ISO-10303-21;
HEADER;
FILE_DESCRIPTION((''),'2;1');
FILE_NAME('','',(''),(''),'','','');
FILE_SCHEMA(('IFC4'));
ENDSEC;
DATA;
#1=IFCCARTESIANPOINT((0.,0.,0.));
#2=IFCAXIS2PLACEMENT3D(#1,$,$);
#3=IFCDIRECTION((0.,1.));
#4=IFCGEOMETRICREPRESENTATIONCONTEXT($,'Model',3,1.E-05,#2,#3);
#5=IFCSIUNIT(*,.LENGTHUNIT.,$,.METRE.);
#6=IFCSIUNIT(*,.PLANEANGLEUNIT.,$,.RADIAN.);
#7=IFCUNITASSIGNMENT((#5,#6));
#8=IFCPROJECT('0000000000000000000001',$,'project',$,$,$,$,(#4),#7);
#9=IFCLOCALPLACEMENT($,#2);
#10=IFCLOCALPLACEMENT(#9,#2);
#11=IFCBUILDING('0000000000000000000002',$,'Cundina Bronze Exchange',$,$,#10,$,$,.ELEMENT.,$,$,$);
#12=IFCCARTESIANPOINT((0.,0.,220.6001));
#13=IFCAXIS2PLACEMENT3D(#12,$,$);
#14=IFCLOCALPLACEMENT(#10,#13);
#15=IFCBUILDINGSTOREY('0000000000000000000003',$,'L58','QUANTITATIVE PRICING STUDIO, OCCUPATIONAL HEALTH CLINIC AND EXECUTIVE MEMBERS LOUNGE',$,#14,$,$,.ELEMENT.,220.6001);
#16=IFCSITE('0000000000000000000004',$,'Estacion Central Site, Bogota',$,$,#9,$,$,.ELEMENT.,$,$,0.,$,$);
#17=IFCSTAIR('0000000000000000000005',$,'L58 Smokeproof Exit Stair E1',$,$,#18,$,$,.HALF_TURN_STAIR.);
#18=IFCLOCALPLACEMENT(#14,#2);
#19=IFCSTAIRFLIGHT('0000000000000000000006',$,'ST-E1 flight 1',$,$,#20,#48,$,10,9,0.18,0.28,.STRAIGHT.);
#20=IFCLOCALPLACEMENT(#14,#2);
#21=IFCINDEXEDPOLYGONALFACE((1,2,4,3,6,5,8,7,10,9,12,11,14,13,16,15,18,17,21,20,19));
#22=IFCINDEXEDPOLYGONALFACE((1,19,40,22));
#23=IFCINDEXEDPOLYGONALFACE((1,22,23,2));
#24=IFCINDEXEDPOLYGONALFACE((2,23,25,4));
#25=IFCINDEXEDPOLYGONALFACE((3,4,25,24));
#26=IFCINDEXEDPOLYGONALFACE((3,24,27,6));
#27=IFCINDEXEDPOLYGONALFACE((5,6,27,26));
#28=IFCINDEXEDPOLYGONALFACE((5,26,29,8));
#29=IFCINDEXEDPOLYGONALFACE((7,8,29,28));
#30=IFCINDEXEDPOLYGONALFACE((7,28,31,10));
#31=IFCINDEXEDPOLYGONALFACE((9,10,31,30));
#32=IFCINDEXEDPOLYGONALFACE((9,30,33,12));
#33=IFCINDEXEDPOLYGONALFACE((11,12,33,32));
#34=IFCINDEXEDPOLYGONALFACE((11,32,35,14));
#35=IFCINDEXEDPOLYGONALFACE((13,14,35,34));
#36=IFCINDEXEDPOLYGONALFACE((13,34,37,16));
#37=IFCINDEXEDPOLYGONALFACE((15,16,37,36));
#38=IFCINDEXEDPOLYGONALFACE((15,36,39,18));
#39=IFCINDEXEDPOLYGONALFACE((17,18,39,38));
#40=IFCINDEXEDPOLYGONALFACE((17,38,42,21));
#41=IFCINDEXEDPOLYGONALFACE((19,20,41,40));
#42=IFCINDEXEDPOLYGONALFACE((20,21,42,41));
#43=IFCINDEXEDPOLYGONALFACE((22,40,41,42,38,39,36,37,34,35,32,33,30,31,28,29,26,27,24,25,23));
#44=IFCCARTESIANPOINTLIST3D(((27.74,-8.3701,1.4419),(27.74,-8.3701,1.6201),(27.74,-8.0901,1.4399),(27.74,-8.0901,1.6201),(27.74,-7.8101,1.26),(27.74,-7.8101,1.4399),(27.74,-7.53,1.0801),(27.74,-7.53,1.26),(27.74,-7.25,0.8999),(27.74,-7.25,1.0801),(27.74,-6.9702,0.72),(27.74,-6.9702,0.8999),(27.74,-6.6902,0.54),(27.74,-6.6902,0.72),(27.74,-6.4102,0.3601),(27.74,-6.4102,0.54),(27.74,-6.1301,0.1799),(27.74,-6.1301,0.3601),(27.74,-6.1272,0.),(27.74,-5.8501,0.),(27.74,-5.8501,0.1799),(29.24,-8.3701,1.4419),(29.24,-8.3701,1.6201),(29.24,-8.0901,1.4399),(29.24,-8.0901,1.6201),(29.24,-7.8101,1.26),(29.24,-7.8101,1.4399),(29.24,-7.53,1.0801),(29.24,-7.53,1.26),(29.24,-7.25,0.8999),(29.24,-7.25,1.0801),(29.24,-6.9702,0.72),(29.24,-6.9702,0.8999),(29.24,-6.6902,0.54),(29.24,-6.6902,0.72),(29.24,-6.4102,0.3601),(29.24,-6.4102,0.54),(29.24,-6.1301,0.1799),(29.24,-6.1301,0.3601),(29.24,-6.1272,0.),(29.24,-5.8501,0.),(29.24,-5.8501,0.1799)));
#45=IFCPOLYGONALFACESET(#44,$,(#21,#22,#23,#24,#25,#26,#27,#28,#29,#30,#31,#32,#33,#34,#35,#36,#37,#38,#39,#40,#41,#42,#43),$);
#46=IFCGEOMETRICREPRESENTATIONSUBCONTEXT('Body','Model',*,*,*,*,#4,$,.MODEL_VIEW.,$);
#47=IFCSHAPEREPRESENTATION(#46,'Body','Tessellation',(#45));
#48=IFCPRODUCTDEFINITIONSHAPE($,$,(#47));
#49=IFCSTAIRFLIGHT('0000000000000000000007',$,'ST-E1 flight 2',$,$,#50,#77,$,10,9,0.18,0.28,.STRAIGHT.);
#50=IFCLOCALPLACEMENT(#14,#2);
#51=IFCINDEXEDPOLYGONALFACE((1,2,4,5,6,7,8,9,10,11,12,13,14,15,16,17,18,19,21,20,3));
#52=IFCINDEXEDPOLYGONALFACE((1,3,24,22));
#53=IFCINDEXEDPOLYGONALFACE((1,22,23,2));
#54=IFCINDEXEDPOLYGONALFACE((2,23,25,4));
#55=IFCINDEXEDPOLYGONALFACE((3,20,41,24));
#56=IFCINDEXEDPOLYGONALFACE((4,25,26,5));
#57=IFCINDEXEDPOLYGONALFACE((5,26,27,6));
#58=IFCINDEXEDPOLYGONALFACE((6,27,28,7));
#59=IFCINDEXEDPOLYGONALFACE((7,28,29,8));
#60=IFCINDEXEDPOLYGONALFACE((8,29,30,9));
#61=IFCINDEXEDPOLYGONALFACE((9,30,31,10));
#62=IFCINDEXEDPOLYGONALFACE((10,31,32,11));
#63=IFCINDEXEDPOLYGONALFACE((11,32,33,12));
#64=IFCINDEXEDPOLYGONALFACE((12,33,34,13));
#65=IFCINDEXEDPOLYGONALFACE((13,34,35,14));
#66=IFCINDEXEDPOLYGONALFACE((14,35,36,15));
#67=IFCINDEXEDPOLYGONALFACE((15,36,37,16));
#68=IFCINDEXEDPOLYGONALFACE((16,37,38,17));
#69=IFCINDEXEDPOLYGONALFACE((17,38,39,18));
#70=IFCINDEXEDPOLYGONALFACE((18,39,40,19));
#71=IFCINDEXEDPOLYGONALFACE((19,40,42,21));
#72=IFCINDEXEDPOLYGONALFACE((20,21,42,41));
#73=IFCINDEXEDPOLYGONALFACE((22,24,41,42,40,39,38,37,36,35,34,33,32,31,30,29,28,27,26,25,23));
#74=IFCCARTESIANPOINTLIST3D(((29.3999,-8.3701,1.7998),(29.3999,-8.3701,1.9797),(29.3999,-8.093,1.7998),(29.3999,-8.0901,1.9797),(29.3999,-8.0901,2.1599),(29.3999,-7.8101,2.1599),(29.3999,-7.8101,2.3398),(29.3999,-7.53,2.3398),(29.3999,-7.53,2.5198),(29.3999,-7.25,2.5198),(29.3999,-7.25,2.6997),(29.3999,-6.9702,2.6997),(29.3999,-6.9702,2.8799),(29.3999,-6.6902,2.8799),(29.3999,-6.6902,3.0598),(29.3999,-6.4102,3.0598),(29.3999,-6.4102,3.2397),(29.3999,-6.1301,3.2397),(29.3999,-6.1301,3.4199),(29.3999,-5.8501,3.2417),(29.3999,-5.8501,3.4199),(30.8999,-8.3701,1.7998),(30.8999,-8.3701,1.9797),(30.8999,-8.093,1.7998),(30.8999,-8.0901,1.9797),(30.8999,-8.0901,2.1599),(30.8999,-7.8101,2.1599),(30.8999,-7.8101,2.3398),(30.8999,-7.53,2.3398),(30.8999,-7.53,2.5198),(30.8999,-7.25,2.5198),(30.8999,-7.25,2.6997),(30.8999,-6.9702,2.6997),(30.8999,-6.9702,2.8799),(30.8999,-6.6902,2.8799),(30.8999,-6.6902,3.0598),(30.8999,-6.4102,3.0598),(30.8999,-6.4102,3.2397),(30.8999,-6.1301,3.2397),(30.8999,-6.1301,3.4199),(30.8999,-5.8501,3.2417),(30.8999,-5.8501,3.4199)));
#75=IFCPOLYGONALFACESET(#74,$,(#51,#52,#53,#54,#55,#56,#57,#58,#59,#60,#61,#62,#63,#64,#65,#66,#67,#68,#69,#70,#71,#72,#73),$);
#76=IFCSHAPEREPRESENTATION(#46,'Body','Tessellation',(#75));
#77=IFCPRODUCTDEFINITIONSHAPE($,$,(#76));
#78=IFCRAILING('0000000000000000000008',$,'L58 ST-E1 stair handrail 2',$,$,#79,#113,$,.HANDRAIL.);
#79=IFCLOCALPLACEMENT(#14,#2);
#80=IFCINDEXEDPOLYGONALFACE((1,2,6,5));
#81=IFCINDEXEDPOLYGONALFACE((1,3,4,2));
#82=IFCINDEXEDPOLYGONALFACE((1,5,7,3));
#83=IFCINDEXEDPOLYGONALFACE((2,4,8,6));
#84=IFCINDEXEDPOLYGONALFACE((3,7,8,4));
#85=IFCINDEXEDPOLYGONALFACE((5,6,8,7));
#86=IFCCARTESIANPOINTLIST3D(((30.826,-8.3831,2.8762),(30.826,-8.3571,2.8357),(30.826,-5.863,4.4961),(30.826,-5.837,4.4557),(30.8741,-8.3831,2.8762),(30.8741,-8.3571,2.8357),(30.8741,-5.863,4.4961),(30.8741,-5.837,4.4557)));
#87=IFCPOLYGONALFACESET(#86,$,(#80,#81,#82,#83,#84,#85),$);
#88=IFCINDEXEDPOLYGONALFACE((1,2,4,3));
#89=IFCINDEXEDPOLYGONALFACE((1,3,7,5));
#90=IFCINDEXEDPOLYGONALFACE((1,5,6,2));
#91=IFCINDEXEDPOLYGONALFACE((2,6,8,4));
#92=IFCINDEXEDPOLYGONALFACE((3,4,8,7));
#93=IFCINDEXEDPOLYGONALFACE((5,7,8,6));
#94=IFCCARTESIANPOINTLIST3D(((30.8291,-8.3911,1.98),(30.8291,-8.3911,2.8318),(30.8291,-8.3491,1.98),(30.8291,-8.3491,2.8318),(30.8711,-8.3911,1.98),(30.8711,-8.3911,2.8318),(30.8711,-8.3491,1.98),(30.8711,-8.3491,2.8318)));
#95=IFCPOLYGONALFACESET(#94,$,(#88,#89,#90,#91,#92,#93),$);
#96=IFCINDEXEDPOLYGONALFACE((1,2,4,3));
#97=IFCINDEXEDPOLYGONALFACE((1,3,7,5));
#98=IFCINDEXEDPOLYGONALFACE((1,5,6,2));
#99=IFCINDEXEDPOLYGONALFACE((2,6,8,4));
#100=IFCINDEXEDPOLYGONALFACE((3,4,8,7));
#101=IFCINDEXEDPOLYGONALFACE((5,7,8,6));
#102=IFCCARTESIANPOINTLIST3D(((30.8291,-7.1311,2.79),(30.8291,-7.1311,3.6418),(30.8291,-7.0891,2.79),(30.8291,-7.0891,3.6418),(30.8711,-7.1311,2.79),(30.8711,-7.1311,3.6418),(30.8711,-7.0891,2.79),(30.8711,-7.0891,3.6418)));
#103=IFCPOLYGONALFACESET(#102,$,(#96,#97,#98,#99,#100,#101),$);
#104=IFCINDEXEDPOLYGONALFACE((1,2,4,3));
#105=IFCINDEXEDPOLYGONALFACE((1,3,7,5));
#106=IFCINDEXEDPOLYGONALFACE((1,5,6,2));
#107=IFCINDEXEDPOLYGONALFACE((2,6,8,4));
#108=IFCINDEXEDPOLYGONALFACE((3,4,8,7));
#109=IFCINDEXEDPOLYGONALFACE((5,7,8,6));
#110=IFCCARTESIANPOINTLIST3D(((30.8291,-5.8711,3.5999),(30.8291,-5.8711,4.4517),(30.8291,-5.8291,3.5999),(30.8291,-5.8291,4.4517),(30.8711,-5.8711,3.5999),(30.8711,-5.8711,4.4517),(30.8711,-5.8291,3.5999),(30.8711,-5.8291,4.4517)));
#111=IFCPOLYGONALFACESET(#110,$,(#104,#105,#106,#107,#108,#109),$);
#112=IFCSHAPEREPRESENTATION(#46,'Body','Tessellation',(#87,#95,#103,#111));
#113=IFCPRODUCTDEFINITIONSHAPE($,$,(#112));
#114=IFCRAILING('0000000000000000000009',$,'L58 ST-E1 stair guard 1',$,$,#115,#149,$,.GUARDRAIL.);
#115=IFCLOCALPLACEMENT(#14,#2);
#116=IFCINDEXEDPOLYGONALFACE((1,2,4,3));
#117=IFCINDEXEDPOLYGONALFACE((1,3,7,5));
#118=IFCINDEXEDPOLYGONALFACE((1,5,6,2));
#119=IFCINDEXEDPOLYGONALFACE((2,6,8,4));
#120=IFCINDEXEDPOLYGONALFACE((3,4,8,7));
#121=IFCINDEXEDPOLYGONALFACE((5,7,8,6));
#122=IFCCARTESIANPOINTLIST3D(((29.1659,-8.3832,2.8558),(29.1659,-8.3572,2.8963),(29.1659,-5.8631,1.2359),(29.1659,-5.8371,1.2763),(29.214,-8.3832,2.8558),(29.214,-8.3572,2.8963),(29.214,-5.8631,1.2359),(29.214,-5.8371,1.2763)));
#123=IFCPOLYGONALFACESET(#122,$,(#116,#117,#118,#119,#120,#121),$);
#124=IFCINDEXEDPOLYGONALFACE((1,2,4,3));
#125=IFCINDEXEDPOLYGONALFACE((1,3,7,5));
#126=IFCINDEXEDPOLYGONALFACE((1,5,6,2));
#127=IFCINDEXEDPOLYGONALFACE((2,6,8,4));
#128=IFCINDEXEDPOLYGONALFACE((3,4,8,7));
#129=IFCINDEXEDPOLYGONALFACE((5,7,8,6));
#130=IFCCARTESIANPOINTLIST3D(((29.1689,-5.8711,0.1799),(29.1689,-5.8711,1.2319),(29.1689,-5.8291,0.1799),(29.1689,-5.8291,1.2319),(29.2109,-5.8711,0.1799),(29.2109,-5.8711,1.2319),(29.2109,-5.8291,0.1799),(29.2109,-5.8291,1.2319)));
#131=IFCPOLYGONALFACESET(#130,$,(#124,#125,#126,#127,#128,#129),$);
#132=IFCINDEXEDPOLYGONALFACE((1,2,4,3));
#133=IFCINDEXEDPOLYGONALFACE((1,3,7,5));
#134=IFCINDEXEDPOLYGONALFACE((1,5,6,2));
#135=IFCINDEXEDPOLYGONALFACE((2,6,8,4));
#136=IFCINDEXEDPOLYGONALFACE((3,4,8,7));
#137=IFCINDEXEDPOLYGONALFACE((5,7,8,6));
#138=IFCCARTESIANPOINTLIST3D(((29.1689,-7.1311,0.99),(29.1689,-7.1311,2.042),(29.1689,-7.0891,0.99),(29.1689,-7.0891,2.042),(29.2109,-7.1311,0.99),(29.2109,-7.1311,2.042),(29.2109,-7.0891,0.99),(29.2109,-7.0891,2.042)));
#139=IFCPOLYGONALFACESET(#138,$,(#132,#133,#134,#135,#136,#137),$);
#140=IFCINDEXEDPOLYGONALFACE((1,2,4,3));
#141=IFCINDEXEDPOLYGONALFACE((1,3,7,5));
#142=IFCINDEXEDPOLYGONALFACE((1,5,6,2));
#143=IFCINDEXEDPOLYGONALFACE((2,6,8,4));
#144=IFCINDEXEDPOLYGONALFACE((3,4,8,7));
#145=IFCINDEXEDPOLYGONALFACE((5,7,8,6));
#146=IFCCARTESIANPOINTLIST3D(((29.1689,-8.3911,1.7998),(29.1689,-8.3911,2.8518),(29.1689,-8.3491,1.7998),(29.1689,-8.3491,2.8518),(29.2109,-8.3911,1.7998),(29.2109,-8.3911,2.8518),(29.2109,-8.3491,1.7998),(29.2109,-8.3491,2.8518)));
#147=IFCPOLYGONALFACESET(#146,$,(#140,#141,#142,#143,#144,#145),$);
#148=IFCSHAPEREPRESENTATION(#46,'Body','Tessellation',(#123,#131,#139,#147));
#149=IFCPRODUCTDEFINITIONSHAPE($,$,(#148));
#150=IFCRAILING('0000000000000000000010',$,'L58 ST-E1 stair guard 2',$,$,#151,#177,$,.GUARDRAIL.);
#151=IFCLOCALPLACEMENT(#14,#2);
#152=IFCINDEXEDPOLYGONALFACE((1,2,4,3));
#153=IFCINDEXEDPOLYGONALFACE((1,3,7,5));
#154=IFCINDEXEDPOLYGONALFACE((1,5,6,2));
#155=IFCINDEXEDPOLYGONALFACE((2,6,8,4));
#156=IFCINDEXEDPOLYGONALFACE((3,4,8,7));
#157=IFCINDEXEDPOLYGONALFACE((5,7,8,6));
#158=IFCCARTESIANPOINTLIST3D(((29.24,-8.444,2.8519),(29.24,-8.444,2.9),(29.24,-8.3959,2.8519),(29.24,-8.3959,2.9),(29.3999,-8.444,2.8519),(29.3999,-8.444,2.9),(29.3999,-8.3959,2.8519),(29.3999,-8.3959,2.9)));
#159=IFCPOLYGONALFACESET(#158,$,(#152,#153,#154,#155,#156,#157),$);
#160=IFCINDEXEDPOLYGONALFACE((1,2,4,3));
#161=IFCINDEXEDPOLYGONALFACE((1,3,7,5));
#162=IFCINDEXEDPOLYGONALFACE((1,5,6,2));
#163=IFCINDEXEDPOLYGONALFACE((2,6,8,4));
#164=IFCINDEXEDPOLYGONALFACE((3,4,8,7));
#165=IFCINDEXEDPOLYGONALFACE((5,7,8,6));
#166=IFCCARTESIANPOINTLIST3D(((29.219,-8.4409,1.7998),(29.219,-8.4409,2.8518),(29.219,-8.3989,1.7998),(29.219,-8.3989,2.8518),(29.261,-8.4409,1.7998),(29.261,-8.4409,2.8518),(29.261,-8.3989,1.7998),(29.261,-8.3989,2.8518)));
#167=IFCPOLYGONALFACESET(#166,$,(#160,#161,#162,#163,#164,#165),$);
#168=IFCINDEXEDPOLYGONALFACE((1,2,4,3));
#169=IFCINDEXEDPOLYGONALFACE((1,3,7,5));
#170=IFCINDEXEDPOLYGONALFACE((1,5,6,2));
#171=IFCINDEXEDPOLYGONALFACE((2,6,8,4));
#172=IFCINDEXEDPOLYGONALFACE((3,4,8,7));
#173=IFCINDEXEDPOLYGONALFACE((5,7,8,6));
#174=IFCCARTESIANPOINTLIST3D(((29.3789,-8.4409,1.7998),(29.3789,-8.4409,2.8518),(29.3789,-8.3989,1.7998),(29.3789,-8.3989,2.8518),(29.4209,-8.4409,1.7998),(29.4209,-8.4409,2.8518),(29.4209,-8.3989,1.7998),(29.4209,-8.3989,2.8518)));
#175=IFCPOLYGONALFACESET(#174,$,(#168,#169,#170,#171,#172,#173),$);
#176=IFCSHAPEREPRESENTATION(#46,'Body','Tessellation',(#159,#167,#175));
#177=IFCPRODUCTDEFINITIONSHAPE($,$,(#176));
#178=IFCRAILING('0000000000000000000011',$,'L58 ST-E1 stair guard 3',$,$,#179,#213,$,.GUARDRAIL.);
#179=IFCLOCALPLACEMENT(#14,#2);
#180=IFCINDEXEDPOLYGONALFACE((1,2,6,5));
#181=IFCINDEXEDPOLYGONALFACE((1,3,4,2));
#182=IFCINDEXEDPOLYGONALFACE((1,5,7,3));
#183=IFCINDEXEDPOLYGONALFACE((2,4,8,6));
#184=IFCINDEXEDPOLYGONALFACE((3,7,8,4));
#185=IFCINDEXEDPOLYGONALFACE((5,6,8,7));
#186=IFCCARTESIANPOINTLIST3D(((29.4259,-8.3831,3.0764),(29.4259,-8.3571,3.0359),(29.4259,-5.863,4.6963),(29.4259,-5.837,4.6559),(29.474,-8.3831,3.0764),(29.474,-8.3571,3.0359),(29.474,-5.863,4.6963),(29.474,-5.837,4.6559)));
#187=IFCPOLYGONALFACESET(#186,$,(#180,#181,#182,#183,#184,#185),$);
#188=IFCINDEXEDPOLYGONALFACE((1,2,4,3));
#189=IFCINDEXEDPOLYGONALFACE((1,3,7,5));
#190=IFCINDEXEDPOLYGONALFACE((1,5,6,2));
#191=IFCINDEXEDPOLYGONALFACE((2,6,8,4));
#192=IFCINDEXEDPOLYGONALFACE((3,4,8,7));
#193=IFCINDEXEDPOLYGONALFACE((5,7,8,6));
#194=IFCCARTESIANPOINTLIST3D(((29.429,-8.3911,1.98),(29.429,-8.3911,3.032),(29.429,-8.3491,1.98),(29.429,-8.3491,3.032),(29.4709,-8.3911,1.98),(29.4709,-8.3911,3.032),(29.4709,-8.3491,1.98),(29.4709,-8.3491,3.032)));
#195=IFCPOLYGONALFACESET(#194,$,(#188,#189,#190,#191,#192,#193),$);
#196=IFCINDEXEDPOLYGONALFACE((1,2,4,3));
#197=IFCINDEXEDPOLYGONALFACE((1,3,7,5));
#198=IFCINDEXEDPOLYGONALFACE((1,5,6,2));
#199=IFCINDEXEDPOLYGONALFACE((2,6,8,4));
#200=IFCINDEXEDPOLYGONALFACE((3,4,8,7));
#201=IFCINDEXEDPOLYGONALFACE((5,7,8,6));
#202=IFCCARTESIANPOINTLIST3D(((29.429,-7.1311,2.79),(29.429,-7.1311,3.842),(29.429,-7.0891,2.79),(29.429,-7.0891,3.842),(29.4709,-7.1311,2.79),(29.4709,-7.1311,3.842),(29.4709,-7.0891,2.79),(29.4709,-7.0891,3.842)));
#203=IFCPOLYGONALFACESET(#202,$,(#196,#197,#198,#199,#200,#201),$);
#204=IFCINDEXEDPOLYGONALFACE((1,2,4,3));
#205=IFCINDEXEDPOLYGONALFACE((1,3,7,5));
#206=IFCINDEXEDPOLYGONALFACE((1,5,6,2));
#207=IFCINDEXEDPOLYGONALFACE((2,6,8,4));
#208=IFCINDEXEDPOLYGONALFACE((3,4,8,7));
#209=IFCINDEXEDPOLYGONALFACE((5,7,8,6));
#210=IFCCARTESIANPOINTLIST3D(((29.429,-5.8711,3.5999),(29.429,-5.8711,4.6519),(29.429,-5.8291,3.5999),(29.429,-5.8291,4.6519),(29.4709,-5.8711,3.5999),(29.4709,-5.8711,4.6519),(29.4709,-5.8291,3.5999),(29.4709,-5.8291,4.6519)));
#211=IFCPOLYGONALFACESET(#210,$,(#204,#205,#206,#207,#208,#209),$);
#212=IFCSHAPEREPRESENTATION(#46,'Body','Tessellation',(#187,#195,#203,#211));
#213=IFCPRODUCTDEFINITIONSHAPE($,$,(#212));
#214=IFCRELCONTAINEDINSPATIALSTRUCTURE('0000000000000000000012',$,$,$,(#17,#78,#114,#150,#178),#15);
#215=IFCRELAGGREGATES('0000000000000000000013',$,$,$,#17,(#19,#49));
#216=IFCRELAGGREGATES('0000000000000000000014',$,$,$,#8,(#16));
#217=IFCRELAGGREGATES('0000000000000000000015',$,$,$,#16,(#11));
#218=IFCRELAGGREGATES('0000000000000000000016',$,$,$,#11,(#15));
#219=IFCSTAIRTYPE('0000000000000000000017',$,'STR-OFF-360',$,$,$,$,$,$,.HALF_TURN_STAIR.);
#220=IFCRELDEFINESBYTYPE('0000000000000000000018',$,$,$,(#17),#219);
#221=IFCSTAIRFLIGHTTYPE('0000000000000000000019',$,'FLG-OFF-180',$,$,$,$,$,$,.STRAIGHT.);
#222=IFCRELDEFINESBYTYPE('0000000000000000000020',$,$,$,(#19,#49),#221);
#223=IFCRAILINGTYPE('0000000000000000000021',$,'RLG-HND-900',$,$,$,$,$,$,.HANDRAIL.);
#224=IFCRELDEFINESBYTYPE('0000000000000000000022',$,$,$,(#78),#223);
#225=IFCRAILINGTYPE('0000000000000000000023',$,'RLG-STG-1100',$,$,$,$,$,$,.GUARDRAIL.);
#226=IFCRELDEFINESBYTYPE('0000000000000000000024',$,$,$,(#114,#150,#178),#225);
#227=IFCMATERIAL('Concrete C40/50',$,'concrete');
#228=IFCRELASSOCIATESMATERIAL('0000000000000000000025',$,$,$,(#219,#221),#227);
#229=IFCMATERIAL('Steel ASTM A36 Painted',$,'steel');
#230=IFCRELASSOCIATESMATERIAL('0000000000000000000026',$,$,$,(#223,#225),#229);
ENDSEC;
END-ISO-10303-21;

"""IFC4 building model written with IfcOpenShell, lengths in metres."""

from ifc_helpers import new_model, si_unit, direction, frame, origin, origin_2d, place, context, subcontext, project, spatial, polyline, rectangle, outline, extrude, material, type_object, element, aggregate, save


model = new_model("IFC4")

# Units and contexts
model_context = context("Model", 3, precision=1e-05, world=origin(), true_north=direction((0.0, 1.0)))
body_context = subcontext(model_context, "Body", "Model", "MODEL_VIEW")
ifc_project = project(units=[si_unit("LENGTHUNIT", "METRE"), si_unit("PLANEANGLEUNIT", "RADIAN")], contexts=[model_context])

# Site, building, storey
site_placement = place(None, origin())
site = spatial("IfcSite", under=ifc_project, at=site_placement, Name="Estacion Central Site, Bogota", CompositionType="ELEMENT", RefElevation=0.0)
building_placement = place(site_placement, origin())
building = spatial("IfcBuilding", under=site, at=building_placement, Name="Cundina Bronze Exchange", CompositionType="ELEMENT")
storey_placement = place(building_placement, frame((0.0, 0.0, 220.6001)))
storey = spatial("IfcBuildingStorey", under=building, at=storey_placement, Name="L58", Description="QUANTITATIVE PRICING STUDIO, OCCUPATIONAL HEALTH CLINIC AND EXECUTIVE MEMBERS LOUNGE", CompositionType="ELEMENT", Elevation=220.6001)

# Stair, stair flights
ifc_material_1 = material(Name="Concrete C40/50", Category="concrete")
stair_type = type_object("IfcStairType", Name="STR-OFF-360", PredefinedType="HALF_TURN_STAIR", material=ifc_material_1)
stair_placement = place(storey_placement, origin())
stair = element("IfcStair", 1, at=stair_placement, inside=storey, type_object=stair_type, Name="L58 Smokeproof Exit Stair E1", PredefinedType="HALF_TURN_STAIR")
stair_flight_type = type_object("IfcStairFlightType", Name="FLG-OFF-180", PredefinedType="STRAIGHT", material=ifc_material_1)
stair_flight_1_placement = place(storey_placement, frame((28.49, -5.8501, 0.0), z_axis=(0.0, 0.0, 1.0), x_axis=(0.0, -1.0, 0.0)))
stair_flight_1 = element("IfcStairFlight", 2, at=stair_flight_1_placement, type_object=stair_flight_type, Name="ST-E1 flight 1", NumberOfRisers=10, NumberOfTreads=9, PredefinedType="STRAIGHT", RiserHeight=0.18, TreadLength=0.28, context=body_context, shape_type="SweptSolid", body=[
    extrude(outline(polyline([(0.0, 0.0), (0.0, 0.1799), (0.28, 0.1799), (0.28, 0.3601), (0.5601, 0.3601), (0.5601, 0.54), (0.8401, 0.54), (0.8401, 0.72), (1.1201, 0.72), (1.1201, 0.8999), (1.3999, 0.8999), (1.3999, 1.0801), (1.6799, 1.0801), (1.6799, 1.26), (1.96, 1.26), (1.96, 1.4399), (2.24, 1.4399), (2.24, 1.6201), (2.52, 1.6201), (2.52, 1.8), (2.52, 1.4419), (0.2771, 0.0), (0.0, 0.0)])), frame((0.0, 0.75, 0.0), z_axis=(0.0, -1.0, 0.0), x_axis=(1.0, 0.0, 0.0)), (0.0, 0.0, 1.0), 1.5),
])
stair_flight_2_placement = place(storey_placement, frame((30.1499, -8.3701, 1.7998), z_axis=(0.0, 0.0, 1.0), x_axis=(0.0, 1.0, 0.0)))
stair_flight_2 = element("IfcStairFlight", 3, at=stair_flight_2_placement, type_object=stair_flight_type, Name="ST-E1 flight 2", NumberOfRisers=10, NumberOfTreads=9, PredefinedType="STRAIGHT", RiserHeight=0.18, TreadLength=0.28, context=body_context, shape_type="SweptSolid", body=[
    extrude(outline(polyline([(0.0, 0.0), (0.0, 0.1799), (0.28, 0.1799), (0.28, 0.3601), (0.5601, 0.3601), (0.5601, 0.54), (0.8401, 0.54), (0.8401, 0.72), (1.1201, 0.72), (1.1201, 0.8999), (1.3999, 0.8999), (1.3999, 1.0801), (1.6799, 1.0801), (1.6799, 1.26), (1.96, 1.26), (1.96, 1.4399), (2.24, 1.4399), (2.24, 1.6201), (2.52, 1.6201), (2.52, 1.8), (2.52, 1.4419), (0.2771, 0.0), (0.0, 0.0)])), frame((0.0, 0.75, 0.0), z_axis=(0.0, -1.0, 0.0), x_axis=(1.0, 0.0, 0.0)), (0.0, 0.0, 1.0), 1.5),
])
aggregate(stair, [stair_flight_1, stair_flight_2])

# Railings
ifc_material_2 = material(Name="Steel ASTM A36 Painted", Category="steel")
railing_type_1 = type_object("IfcRailingType", Name="RLG-HND-900", PredefinedType="HANDRAIL", material=ifc_material_2)
railing_1_placement = place(storey_placement, frame((30.8501, -8.3701, 1.98)))
element("IfcRailing", 4, at=railing_1_placement, inside=storey, type_object=railing_type_1, Name="L58 ST-E1 stair handrail 2", PredefinedType="HANDRAIL", context=body_context, shape_type="SweptSolid", body=[
    extrude(rectangle(XDim=0.0481, YDim=0.0481, at=origin_2d()), frame((0.0, 0.0, 0.876), z_axis=(0.0, 0.8412, 0.540725), x_axis=(-1.0, 0.0, 0.0)), (0.0, 0.0, 1.0), 2.9958),
    extrude(rectangle(XDim=0.042, YDim=0.042, at=origin_2d()), origin(), (0.0, 0.0, 1.0), 0.8518),
    extrude(rectangle(XDim=0.042, YDim=0.042, at=origin_2d()), frame((0.0, 1.26, 0.8101)), (0.0, 0.0, 1.0), 0.8518),
    extrude(rectangle(XDim=0.042, YDim=0.042, at=origin_2d()), frame((0.0, 2.52, 1.6199)), (0.0, 0.0, 1.0), 0.8518),
])
railing_type_2 = type_object("IfcRailingType", Name="RLG-STG-1100", PredefinedType="GUARDRAIL", material=ifc_material_2)
railing_2_placement = place(storey_placement, frame((29.1899, -5.8501, 0.1799)))
element("IfcRailing", 5, at=railing_2_placement, inside=storey, type_object=railing_type_2, Name="L58 ST-E1 stair guard 1", PredefinedType="GUARDRAIL", context=body_context, shape_type="SweptSolid", body=[
    extrude(rectangle(XDim=0.0481, YDim=0.0481, at=origin_2d()), frame((0.0, 0.0, 1.0762), z_axis=(0.0, -0.8412, 0.540725), x_axis=(1.0, 0.0, 0.0)), (0.0, 0.0, 1.0), 2.9958),
    extrude(rectangle(XDim=0.042, YDim=0.042, at=origin_2d()), origin(), (0.0, 0.0, 1.0), 1.052),
    extrude(rectangle(XDim=0.042, YDim=0.042, at=origin_2d()), frame((0.0, -1.26, 0.8101)), (0.0, 0.0, 1.0), 1.052),
    extrude(rectangle(XDim=0.042, YDim=0.042, at=origin_2d()), frame((0.0, -2.52, 1.6199)), (0.0, 0.0, 1.0), 1.052),
])
railing_3_placement = place(storey_placement, frame((29.24, -8.4199, 1.7998)))
element("IfcRailing", 6, at=railing_3_placement, inside=storey, type_object=railing_type_2, Name="L58 ST-E1 stair guard 2", PredefinedType="GUARDRAIL", context=body_context, shape_type="SweptSolid", body=[
    extrude(rectangle(XDim=0.0481, YDim=0.0481, at=origin_2d()), frame((0.0, 0.0, 1.0762), z_axis=(1.0, 0.0, 0.0), x_axis=(0.0, 1.0, 0.0)), (0.0, 0.0, 1.0), 0.1599),
    extrude(rectangle(XDim=0.042, YDim=0.042, at=origin_2d()), origin(), (0.0, 0.0, 1.0), 1.052),
    extrude(rectangle(XDim=0.042, YDim=0.042, at=origin_2d()), frame((0.1599, 0.0, 0.0)), (0.0, 0.0, 1.0), 1.052),
])
railing_4_placement = place(storey_placement, frame((29.45, -8.3701, 1.98)))
element("IfcRailing", 7, at=railing_4_placement, inside=storey, type_object=railing_type_2, Name="L58 ST-E1 stair guard 3", PredefinedType="GUARDRAIL", context=body_context, shape_type="SweptSolid", body=[
    extrude(rectangle(XDim=0.0481, YDim=0.0481, at=origin_2d()), frame((0.0, 0.0, 1.0762), z_axis=(0.0, 0.8412, 0.540725), x_axis=(-1.0, 0.0, 0.0)), (0.0, 0.0, 1.0), 2.9958),
    extrude(rectangle(XDim=0.042, YDim=0.042, at=origin_2d()), origin(), (0.0, 0.0, 1.0), 1.052),
    extrude(rectangle(XDim=0.042, YDim=0.042, at=origin_2d()), frame((0.0, 1.26, 0.8101)), (0.0, 0.0, 1.0), 1.052),
    extrude(rectangle(XDim=0.042, YDim=0.042, at=origin_2d()), frame((0.0, 2.52, 1.6199)), (0.0, 0.0, 1.0), 1.052),
])

save(model, "model.ifc")
